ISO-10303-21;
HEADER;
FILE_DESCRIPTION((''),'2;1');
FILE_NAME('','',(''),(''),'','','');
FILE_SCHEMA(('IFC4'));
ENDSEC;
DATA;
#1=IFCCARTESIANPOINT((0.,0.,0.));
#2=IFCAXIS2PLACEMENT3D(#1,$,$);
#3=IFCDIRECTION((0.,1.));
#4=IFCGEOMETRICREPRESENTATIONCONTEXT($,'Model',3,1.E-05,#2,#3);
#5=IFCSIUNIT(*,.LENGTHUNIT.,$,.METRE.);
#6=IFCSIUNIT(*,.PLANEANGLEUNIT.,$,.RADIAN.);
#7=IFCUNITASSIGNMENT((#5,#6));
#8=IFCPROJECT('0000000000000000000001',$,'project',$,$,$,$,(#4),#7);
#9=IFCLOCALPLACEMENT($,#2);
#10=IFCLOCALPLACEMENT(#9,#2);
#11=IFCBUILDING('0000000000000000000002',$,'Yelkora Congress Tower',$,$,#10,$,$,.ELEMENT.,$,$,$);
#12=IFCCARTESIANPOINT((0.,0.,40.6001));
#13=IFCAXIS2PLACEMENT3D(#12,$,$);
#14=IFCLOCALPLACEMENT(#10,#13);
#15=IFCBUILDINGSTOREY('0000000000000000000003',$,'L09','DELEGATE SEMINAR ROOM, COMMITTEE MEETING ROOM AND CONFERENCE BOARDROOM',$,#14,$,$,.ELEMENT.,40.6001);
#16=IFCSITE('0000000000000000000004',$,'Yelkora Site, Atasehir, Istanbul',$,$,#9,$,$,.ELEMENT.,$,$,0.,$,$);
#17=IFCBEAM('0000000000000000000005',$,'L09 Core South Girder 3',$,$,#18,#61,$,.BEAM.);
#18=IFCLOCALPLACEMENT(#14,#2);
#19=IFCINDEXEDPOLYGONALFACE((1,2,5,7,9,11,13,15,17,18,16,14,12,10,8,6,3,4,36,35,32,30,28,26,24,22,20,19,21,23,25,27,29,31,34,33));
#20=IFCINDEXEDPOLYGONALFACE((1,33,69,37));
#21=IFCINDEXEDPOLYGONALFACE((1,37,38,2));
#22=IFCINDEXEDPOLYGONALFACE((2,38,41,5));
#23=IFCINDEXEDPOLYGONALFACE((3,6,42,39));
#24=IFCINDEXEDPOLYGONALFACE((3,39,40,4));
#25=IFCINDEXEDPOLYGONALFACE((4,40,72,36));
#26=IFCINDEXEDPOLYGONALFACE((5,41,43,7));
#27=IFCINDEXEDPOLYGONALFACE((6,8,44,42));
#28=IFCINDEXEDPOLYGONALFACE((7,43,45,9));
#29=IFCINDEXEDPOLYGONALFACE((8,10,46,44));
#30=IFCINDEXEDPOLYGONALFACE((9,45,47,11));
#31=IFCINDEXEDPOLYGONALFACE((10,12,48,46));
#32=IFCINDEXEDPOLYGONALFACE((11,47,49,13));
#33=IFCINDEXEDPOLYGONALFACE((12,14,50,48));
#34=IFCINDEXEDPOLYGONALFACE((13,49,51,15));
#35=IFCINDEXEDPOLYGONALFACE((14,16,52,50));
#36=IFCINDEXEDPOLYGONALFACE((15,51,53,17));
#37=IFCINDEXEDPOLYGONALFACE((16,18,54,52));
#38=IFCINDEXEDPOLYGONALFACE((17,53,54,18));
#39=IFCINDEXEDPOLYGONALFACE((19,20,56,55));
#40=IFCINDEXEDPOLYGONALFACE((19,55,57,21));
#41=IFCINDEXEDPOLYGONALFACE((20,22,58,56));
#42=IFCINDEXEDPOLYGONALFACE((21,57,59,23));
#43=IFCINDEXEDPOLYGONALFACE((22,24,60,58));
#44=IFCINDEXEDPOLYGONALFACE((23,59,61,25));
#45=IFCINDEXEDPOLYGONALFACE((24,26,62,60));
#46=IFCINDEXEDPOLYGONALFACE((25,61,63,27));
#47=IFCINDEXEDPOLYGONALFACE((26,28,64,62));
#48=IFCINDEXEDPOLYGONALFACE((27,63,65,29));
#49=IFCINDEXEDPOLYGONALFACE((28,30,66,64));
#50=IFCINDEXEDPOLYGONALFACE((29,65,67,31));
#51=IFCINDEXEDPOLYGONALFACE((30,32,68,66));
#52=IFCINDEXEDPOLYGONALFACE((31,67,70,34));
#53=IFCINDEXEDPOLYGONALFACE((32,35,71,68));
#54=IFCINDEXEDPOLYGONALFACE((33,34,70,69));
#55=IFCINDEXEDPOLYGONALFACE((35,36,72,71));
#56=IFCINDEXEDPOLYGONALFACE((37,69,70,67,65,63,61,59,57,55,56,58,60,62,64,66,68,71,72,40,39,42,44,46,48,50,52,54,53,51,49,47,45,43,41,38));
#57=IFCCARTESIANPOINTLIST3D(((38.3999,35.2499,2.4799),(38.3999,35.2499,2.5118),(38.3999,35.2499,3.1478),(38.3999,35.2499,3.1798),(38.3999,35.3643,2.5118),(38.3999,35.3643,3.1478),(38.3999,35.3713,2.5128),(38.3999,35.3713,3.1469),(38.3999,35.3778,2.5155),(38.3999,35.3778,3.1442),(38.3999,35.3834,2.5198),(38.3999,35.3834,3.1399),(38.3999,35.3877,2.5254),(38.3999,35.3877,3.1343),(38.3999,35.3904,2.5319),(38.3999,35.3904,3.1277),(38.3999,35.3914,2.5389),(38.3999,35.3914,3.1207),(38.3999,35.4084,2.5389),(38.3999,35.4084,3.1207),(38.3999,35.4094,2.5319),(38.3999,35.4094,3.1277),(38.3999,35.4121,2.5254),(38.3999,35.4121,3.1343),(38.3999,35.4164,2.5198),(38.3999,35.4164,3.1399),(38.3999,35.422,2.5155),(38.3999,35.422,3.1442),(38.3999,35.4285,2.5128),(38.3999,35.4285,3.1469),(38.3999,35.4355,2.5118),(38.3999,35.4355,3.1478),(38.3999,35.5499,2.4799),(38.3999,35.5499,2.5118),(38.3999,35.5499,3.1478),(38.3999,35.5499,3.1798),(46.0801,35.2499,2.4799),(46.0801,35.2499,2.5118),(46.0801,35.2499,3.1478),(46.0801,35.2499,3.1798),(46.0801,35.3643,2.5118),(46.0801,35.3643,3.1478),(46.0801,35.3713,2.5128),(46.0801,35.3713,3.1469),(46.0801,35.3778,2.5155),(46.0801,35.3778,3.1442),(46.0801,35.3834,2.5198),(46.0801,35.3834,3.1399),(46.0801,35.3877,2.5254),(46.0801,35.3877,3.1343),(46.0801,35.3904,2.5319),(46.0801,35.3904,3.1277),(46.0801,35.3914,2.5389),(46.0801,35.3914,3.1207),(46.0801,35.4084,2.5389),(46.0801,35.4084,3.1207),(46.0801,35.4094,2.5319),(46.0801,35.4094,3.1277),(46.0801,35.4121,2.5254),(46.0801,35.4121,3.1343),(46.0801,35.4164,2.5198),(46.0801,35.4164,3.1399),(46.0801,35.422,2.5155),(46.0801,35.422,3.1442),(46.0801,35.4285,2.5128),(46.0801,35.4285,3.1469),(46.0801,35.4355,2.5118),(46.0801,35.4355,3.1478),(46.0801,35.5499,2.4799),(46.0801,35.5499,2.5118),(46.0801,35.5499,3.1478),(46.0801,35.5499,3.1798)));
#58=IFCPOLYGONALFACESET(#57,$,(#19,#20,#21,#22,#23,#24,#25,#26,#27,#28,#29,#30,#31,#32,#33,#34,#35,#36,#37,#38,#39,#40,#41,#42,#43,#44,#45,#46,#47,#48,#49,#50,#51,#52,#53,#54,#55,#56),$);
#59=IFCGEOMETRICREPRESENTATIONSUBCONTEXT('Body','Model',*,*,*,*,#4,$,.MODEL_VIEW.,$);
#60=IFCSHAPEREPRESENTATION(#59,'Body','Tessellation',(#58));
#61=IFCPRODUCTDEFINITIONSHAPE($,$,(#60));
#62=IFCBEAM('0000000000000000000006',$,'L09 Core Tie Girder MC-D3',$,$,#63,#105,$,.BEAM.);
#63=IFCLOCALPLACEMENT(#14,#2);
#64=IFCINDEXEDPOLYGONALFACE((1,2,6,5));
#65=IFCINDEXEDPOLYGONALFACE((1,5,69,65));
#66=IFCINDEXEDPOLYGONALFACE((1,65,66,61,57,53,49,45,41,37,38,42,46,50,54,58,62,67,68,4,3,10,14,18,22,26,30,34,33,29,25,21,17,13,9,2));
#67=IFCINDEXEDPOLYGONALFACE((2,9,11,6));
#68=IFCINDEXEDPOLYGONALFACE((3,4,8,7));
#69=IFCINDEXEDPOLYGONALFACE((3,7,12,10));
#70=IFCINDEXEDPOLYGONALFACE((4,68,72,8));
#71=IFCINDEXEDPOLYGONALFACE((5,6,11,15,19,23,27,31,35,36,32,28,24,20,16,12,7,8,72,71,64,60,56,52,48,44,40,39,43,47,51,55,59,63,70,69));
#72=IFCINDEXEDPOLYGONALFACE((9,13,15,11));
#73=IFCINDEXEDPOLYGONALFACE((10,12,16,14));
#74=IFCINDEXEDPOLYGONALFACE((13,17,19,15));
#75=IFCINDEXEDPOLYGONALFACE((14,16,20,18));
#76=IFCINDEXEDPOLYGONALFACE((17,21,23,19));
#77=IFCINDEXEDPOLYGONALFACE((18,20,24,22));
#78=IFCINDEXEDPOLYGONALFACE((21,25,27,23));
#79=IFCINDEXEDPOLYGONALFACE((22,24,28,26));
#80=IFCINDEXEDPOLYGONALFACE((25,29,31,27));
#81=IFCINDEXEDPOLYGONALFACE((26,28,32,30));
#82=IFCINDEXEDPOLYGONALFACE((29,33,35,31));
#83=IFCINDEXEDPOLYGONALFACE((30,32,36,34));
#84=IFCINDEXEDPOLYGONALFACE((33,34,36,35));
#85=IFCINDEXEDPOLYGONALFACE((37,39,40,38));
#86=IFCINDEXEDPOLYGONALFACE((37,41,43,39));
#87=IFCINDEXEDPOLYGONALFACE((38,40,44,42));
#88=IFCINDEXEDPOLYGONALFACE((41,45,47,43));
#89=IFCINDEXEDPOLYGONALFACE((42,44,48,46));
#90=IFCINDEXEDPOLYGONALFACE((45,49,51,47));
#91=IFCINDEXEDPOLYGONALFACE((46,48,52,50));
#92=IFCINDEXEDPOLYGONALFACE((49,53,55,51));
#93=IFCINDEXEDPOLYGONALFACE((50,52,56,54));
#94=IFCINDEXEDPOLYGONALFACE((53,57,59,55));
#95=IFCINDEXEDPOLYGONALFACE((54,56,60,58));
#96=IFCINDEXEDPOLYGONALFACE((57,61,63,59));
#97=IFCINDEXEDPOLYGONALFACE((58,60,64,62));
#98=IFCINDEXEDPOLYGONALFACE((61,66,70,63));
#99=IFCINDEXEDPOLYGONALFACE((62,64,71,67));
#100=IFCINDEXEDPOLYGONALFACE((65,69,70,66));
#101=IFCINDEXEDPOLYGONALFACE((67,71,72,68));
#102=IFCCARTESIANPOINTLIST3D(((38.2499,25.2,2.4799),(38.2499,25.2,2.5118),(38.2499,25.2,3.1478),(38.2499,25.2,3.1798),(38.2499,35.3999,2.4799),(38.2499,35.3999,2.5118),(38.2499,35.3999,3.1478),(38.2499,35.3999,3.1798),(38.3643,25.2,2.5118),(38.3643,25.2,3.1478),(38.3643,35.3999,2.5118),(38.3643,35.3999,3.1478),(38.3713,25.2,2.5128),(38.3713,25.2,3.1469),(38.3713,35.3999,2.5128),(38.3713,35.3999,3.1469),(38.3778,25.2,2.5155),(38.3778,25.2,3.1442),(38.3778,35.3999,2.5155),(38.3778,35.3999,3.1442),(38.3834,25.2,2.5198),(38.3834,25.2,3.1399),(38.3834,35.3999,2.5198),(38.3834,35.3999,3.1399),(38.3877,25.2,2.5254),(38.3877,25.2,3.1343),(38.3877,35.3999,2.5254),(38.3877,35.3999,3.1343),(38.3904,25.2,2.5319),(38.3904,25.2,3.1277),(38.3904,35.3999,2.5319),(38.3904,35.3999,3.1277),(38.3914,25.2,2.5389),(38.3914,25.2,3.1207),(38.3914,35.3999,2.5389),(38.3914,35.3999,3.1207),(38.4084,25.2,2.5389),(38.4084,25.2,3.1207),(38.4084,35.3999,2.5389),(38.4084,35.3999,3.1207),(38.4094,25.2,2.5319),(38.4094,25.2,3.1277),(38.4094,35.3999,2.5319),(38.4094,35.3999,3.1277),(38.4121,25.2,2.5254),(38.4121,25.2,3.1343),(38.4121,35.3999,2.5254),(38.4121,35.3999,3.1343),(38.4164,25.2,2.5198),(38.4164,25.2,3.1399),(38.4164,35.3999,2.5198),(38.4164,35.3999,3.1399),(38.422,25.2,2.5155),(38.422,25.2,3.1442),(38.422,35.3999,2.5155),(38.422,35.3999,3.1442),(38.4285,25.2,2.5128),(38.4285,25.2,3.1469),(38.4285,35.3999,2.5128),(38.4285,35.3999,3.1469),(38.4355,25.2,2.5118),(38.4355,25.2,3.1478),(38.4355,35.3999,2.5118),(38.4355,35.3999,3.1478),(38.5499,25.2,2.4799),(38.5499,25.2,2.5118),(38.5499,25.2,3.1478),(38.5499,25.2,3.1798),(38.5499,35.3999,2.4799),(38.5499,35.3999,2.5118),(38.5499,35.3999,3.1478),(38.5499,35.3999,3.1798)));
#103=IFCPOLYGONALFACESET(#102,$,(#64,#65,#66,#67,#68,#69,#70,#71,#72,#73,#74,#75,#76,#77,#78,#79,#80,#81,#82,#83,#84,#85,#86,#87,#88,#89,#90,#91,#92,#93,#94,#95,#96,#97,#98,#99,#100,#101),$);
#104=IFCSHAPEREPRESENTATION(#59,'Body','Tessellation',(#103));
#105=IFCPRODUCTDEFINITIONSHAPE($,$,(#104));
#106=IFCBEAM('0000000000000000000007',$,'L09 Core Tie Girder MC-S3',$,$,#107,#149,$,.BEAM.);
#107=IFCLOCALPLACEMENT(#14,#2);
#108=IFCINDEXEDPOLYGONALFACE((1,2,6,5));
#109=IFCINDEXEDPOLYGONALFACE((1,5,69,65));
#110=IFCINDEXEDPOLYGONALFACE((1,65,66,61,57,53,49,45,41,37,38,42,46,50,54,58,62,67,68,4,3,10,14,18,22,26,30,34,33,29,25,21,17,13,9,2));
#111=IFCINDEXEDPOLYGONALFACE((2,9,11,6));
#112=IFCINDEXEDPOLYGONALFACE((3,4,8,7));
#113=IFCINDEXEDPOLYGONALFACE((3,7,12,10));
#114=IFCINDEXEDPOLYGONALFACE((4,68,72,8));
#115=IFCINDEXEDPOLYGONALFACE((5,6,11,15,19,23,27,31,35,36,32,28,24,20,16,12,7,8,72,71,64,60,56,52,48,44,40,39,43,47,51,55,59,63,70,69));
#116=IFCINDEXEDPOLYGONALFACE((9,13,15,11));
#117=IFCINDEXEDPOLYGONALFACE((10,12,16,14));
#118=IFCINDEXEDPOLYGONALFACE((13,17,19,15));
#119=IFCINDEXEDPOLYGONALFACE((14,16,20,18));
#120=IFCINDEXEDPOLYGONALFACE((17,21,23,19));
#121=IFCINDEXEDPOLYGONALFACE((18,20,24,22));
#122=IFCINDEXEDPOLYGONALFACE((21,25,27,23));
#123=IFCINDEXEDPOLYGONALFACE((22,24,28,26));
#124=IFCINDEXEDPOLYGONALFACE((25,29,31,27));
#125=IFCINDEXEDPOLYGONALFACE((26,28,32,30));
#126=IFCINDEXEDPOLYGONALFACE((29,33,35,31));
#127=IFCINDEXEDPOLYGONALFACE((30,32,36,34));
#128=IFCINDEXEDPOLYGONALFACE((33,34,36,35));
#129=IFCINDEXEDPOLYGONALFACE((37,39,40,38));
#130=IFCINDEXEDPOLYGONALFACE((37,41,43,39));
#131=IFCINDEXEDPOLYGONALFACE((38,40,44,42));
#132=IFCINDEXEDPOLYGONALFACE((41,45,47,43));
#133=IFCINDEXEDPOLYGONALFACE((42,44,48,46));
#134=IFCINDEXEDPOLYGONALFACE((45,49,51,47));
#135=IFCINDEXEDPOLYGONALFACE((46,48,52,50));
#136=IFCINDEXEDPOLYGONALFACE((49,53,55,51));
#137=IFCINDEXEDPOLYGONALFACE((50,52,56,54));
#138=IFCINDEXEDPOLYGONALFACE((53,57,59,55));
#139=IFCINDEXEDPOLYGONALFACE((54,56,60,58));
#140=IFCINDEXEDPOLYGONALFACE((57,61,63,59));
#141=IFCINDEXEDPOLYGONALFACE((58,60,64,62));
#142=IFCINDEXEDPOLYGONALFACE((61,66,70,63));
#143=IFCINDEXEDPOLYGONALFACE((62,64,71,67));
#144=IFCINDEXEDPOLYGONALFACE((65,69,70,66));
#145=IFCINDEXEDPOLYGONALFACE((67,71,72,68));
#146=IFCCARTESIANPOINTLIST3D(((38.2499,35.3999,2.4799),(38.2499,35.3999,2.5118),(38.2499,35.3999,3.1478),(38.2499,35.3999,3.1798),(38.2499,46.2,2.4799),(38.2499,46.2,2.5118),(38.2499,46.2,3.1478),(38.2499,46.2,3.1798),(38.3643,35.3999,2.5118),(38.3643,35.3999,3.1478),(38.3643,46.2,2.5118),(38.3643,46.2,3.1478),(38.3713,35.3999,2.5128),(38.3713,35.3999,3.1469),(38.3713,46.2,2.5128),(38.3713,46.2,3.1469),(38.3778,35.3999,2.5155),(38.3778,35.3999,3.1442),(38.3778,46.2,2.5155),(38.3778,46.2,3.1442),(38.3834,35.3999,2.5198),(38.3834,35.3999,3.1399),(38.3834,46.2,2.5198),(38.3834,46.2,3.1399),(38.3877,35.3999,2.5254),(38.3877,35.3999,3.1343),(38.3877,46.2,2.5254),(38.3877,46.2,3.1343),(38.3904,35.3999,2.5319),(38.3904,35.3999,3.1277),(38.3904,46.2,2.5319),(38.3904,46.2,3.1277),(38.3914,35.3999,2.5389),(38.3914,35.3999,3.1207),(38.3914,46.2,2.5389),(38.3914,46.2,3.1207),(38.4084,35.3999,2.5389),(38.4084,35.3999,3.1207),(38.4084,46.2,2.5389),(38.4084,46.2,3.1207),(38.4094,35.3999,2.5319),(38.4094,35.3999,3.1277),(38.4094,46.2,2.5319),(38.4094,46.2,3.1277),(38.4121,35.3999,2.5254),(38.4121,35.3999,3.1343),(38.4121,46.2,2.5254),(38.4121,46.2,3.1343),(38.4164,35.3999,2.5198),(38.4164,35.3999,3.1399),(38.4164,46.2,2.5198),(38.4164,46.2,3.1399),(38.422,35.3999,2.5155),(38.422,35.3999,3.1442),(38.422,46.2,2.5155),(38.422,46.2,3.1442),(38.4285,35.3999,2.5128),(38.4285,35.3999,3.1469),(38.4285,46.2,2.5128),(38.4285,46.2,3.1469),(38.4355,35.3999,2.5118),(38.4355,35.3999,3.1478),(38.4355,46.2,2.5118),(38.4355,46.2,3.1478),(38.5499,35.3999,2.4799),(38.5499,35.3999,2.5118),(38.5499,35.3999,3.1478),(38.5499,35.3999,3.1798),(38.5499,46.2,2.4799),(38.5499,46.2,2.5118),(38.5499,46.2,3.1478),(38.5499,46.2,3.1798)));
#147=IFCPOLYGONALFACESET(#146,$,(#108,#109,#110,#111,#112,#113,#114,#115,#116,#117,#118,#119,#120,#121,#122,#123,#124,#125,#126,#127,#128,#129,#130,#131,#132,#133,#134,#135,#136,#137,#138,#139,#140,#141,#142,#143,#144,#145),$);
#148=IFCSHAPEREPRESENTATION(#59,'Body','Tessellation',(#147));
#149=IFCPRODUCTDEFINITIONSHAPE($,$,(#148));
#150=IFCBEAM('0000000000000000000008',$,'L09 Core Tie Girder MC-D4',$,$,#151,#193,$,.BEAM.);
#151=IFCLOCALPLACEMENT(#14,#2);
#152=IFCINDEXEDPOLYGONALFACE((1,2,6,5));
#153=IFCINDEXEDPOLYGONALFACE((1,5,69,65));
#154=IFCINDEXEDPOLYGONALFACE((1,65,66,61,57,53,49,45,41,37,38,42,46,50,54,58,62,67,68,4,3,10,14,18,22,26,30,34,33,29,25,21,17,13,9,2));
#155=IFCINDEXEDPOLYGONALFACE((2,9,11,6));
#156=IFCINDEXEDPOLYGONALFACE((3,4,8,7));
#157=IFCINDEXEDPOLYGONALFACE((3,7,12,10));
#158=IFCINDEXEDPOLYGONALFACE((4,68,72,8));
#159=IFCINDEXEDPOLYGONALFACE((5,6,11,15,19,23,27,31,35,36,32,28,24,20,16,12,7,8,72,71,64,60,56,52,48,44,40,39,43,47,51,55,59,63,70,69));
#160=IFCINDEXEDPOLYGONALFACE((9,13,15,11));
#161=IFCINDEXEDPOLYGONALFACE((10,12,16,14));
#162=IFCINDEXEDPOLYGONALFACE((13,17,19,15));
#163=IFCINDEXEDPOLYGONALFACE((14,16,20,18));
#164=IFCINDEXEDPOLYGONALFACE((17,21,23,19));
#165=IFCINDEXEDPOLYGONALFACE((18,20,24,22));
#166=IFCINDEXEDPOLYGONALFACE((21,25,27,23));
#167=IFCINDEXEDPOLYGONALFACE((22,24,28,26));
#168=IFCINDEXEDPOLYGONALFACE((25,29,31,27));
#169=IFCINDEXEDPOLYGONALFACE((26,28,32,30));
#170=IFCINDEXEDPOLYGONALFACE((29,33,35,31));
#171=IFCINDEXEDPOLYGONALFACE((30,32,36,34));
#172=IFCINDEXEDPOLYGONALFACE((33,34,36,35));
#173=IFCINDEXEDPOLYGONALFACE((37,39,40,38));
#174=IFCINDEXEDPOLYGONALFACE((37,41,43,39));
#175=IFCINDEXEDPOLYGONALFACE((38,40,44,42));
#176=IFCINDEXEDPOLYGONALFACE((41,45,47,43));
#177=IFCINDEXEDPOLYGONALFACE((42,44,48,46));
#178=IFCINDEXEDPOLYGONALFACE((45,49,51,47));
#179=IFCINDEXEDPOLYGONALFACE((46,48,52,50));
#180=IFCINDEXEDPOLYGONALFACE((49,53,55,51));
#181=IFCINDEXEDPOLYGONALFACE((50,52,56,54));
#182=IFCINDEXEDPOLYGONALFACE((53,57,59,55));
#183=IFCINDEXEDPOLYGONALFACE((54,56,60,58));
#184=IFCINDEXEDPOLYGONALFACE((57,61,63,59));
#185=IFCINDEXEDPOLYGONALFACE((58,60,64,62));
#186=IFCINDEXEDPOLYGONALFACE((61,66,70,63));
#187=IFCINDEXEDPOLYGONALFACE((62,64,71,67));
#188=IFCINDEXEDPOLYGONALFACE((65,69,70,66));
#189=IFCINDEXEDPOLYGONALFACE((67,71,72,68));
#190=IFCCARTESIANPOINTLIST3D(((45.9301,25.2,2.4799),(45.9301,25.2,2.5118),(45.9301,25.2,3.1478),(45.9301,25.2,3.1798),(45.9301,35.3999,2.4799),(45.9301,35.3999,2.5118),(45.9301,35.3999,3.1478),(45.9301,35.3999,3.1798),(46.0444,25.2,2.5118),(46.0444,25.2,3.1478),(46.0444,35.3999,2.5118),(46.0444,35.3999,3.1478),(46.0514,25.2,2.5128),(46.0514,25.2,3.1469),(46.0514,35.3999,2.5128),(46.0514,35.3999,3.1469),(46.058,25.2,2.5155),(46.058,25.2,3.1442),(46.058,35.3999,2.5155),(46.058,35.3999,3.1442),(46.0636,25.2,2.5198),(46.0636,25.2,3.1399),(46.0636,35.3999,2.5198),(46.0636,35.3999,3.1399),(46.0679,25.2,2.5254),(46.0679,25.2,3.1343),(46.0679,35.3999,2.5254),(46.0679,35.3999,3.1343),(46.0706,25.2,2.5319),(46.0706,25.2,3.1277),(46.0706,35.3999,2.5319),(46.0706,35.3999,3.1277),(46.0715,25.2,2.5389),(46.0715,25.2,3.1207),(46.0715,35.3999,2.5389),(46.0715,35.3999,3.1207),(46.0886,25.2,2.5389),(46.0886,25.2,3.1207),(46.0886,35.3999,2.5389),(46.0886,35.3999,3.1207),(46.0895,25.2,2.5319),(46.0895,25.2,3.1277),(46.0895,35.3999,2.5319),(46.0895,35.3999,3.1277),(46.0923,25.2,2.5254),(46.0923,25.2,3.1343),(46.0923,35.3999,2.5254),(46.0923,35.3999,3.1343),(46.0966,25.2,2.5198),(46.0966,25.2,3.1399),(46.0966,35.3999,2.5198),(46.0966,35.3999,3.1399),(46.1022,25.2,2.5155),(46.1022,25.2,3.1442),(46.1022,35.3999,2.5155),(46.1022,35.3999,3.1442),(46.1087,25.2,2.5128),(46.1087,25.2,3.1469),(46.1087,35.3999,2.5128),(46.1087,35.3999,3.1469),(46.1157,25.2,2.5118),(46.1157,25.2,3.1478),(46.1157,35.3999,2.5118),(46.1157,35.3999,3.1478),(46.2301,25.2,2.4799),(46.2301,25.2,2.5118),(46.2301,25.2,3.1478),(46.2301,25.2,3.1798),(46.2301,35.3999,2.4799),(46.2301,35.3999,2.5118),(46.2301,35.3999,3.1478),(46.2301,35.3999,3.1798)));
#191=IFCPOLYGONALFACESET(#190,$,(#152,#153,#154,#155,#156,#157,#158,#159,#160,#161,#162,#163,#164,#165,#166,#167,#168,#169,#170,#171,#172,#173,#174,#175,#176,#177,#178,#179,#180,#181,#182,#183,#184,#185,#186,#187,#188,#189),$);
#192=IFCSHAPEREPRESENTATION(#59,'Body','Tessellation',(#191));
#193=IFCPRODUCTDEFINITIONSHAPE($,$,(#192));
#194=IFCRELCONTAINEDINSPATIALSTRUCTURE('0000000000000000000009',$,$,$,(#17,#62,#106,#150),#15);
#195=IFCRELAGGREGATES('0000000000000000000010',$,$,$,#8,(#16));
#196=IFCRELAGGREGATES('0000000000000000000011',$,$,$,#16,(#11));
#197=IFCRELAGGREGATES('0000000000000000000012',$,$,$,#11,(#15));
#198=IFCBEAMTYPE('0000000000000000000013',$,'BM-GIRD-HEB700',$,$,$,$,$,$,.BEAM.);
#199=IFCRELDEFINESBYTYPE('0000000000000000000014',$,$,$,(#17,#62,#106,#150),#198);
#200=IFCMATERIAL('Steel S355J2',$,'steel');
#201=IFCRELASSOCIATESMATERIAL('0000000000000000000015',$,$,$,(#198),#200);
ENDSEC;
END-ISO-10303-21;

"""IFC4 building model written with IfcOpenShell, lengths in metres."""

from ifc_helpers import new_model, si_unit, direction, frame, origin, origin_2d, place, context, subcontext, project, spatial, i_section, extrude, material, material_profile, profile_set, type_object, element, save


model = new_model("IFC4")

# Units and contexts
model_context = context("Model", 3, precision=1e-05, world=origin(), true_north=direction((0.0, 1.0)))
body_context = subcontext(model_context, "Body", "Model", "MODEL_VIEW")
ifc_project = project(units=[si_unit("LENGTHUNIT", "METRE"), si_unit("PLANEANGLEUNIT", "RADIAN")], contexts=[model_context])

# Site, building, storey
site_placement = place(None, origin())
site = spatial("IfcSite", under=ifc_project, at=site_placement, Name="Yelkora Site, Atasehir, Istanbul", CompositionType="ELEMENT", RefElevation=0.0)
building_placement = place(site_placement, origin())
building = spatial("IfcBuilding", under=site, at=building_placement, Name="Yelkora Congress Tower", CompositionType="ELEMENT")
storey_placement = place(building_placement, frame((0.0, 0.0, 40.6001)))
storey = spatial("IfcBuildingStorey", under=building, at=storey_placement, Name="L09", Description="DELEGATE SEMINAR ROOM, COMMITTEE MEETING ROOM AND CONFERENCE BOARDROOM", CompositionType="ELEMENT", Elevation=40.6001)

# Beams
ifc_material_1 = material(Name="Steel S355J2", Category="steel")
ifc_material_profile_1 = material_profile(ifc_material_1, i_section(OverallWidth=0.3, OverallDepth=0.7, WebThickness=0.0171, FlangeThickness=0.032, FilletRadius=0.0271, at=origin_2d()), Name="HEB 700")
ifc_profile_set_1 = profile_set([ifc_material_profile_1], Name="Steel S355J2")
beam_type_1 = type_object("IfcBeamType", Name="BM-GIRD-HEB700", PredefinedType="BEAM", material=ifc_profile_set_1)
beam_1_placement = place(storey_placement, frame((38.3999, 35.3999, 2.8298), z_axis=(1.0, 0.0, 0.0), x_axis=(0.0, 1.0, 0.0)))
element("IfcBeam", 1, at=beam_1_placement, inside=storey, type_object=beam_type_1, Name="L09 Core South Girder 3", PredefinedType="BEAM", context=body_context, shape_type="SweptSolid", body=[
    extrude(i_section(OverallWidth=0.3, OverallDepth=0.7, WebThickness=0.0171, FlangeThickness=0.032, FilletRadius=0.0271, at=origin_2d()), origin(), (0.0, 0.0, 1.0), 7.6802),
])
beam_2_placement = place(storey_placement, frame((38.3999, 25.2, 2.8298), z_axis=(0.0, 1.0, 0.0), x_axis=(-1.0, 0.0, 0.0)))
element("IfcBeam", 2, at=beam_2_placement, inside=storey, type_object=beam_type_1, Name="L09 Core Tie Girder MC-D3", PredefinedType="BEAM", context=body_context, shape_type="SweptSolid", body=[
    extrude(i_section(OverallWidth=0.3, OverallDepth=0.7, WebThickness=0.0171, FlangeThickness=0.032, FilletRadius=0.0271, at=origin_2d()), origin(), (0.0, 0.0, 1.0), 10.2),
])
beam_3_placement = place(storey_placement, frame((38.3999, 35.3999, 2.8298), z_axis=(0.0, 1.0, 0.0), x_axis=(-1.0, 0.0, 0.0)))
element("IfcBeam", 3, at=beam_3_placement, inside=storey, type_object=beam_type_1, Name="L09 Core Tie Girder MC-S3", PredefinedType="BEAM", context=body_context, shape_type="SweptSolid", body=[
    extrude(i_section(OverallWidth=0.3, OverallDepth=0.7, WebThickness=0.0171, FlangeThickness=0.032, FilletRadius=0.0271, at=origin_2d()), origin(), (0.0, 0.0, 1.0), 10.8),
])
for number, where, z_axis, x_axis, name in (
    (4, (46.0801, 25.2, 2.8298), (0.0, 1.0, 0.0), (-1.0, 0.0, 0.0), "L09 Core Tie Girder MC-D4"),
):
    element("IfcBeam", number, at=place(storey_placement, frame(where, z_axis=z_axis, x_axis=x_axis)), inside=storey, type_object=beam_type_1, Name=name, PredefinedType="BEAM", context=body_context, shape_type="SweptSolid", body=[
        extrude(i_section(OverallWidth=0.3, OverallDepth=0.7, WebThickness=0.0171, FlangeThickness=0.032, FilletRadius=0.0271, at=origin_2d()), origin(), (0.0, 0.0, 1.0), 10.2),
    ])

save(model, "model.ifc")
